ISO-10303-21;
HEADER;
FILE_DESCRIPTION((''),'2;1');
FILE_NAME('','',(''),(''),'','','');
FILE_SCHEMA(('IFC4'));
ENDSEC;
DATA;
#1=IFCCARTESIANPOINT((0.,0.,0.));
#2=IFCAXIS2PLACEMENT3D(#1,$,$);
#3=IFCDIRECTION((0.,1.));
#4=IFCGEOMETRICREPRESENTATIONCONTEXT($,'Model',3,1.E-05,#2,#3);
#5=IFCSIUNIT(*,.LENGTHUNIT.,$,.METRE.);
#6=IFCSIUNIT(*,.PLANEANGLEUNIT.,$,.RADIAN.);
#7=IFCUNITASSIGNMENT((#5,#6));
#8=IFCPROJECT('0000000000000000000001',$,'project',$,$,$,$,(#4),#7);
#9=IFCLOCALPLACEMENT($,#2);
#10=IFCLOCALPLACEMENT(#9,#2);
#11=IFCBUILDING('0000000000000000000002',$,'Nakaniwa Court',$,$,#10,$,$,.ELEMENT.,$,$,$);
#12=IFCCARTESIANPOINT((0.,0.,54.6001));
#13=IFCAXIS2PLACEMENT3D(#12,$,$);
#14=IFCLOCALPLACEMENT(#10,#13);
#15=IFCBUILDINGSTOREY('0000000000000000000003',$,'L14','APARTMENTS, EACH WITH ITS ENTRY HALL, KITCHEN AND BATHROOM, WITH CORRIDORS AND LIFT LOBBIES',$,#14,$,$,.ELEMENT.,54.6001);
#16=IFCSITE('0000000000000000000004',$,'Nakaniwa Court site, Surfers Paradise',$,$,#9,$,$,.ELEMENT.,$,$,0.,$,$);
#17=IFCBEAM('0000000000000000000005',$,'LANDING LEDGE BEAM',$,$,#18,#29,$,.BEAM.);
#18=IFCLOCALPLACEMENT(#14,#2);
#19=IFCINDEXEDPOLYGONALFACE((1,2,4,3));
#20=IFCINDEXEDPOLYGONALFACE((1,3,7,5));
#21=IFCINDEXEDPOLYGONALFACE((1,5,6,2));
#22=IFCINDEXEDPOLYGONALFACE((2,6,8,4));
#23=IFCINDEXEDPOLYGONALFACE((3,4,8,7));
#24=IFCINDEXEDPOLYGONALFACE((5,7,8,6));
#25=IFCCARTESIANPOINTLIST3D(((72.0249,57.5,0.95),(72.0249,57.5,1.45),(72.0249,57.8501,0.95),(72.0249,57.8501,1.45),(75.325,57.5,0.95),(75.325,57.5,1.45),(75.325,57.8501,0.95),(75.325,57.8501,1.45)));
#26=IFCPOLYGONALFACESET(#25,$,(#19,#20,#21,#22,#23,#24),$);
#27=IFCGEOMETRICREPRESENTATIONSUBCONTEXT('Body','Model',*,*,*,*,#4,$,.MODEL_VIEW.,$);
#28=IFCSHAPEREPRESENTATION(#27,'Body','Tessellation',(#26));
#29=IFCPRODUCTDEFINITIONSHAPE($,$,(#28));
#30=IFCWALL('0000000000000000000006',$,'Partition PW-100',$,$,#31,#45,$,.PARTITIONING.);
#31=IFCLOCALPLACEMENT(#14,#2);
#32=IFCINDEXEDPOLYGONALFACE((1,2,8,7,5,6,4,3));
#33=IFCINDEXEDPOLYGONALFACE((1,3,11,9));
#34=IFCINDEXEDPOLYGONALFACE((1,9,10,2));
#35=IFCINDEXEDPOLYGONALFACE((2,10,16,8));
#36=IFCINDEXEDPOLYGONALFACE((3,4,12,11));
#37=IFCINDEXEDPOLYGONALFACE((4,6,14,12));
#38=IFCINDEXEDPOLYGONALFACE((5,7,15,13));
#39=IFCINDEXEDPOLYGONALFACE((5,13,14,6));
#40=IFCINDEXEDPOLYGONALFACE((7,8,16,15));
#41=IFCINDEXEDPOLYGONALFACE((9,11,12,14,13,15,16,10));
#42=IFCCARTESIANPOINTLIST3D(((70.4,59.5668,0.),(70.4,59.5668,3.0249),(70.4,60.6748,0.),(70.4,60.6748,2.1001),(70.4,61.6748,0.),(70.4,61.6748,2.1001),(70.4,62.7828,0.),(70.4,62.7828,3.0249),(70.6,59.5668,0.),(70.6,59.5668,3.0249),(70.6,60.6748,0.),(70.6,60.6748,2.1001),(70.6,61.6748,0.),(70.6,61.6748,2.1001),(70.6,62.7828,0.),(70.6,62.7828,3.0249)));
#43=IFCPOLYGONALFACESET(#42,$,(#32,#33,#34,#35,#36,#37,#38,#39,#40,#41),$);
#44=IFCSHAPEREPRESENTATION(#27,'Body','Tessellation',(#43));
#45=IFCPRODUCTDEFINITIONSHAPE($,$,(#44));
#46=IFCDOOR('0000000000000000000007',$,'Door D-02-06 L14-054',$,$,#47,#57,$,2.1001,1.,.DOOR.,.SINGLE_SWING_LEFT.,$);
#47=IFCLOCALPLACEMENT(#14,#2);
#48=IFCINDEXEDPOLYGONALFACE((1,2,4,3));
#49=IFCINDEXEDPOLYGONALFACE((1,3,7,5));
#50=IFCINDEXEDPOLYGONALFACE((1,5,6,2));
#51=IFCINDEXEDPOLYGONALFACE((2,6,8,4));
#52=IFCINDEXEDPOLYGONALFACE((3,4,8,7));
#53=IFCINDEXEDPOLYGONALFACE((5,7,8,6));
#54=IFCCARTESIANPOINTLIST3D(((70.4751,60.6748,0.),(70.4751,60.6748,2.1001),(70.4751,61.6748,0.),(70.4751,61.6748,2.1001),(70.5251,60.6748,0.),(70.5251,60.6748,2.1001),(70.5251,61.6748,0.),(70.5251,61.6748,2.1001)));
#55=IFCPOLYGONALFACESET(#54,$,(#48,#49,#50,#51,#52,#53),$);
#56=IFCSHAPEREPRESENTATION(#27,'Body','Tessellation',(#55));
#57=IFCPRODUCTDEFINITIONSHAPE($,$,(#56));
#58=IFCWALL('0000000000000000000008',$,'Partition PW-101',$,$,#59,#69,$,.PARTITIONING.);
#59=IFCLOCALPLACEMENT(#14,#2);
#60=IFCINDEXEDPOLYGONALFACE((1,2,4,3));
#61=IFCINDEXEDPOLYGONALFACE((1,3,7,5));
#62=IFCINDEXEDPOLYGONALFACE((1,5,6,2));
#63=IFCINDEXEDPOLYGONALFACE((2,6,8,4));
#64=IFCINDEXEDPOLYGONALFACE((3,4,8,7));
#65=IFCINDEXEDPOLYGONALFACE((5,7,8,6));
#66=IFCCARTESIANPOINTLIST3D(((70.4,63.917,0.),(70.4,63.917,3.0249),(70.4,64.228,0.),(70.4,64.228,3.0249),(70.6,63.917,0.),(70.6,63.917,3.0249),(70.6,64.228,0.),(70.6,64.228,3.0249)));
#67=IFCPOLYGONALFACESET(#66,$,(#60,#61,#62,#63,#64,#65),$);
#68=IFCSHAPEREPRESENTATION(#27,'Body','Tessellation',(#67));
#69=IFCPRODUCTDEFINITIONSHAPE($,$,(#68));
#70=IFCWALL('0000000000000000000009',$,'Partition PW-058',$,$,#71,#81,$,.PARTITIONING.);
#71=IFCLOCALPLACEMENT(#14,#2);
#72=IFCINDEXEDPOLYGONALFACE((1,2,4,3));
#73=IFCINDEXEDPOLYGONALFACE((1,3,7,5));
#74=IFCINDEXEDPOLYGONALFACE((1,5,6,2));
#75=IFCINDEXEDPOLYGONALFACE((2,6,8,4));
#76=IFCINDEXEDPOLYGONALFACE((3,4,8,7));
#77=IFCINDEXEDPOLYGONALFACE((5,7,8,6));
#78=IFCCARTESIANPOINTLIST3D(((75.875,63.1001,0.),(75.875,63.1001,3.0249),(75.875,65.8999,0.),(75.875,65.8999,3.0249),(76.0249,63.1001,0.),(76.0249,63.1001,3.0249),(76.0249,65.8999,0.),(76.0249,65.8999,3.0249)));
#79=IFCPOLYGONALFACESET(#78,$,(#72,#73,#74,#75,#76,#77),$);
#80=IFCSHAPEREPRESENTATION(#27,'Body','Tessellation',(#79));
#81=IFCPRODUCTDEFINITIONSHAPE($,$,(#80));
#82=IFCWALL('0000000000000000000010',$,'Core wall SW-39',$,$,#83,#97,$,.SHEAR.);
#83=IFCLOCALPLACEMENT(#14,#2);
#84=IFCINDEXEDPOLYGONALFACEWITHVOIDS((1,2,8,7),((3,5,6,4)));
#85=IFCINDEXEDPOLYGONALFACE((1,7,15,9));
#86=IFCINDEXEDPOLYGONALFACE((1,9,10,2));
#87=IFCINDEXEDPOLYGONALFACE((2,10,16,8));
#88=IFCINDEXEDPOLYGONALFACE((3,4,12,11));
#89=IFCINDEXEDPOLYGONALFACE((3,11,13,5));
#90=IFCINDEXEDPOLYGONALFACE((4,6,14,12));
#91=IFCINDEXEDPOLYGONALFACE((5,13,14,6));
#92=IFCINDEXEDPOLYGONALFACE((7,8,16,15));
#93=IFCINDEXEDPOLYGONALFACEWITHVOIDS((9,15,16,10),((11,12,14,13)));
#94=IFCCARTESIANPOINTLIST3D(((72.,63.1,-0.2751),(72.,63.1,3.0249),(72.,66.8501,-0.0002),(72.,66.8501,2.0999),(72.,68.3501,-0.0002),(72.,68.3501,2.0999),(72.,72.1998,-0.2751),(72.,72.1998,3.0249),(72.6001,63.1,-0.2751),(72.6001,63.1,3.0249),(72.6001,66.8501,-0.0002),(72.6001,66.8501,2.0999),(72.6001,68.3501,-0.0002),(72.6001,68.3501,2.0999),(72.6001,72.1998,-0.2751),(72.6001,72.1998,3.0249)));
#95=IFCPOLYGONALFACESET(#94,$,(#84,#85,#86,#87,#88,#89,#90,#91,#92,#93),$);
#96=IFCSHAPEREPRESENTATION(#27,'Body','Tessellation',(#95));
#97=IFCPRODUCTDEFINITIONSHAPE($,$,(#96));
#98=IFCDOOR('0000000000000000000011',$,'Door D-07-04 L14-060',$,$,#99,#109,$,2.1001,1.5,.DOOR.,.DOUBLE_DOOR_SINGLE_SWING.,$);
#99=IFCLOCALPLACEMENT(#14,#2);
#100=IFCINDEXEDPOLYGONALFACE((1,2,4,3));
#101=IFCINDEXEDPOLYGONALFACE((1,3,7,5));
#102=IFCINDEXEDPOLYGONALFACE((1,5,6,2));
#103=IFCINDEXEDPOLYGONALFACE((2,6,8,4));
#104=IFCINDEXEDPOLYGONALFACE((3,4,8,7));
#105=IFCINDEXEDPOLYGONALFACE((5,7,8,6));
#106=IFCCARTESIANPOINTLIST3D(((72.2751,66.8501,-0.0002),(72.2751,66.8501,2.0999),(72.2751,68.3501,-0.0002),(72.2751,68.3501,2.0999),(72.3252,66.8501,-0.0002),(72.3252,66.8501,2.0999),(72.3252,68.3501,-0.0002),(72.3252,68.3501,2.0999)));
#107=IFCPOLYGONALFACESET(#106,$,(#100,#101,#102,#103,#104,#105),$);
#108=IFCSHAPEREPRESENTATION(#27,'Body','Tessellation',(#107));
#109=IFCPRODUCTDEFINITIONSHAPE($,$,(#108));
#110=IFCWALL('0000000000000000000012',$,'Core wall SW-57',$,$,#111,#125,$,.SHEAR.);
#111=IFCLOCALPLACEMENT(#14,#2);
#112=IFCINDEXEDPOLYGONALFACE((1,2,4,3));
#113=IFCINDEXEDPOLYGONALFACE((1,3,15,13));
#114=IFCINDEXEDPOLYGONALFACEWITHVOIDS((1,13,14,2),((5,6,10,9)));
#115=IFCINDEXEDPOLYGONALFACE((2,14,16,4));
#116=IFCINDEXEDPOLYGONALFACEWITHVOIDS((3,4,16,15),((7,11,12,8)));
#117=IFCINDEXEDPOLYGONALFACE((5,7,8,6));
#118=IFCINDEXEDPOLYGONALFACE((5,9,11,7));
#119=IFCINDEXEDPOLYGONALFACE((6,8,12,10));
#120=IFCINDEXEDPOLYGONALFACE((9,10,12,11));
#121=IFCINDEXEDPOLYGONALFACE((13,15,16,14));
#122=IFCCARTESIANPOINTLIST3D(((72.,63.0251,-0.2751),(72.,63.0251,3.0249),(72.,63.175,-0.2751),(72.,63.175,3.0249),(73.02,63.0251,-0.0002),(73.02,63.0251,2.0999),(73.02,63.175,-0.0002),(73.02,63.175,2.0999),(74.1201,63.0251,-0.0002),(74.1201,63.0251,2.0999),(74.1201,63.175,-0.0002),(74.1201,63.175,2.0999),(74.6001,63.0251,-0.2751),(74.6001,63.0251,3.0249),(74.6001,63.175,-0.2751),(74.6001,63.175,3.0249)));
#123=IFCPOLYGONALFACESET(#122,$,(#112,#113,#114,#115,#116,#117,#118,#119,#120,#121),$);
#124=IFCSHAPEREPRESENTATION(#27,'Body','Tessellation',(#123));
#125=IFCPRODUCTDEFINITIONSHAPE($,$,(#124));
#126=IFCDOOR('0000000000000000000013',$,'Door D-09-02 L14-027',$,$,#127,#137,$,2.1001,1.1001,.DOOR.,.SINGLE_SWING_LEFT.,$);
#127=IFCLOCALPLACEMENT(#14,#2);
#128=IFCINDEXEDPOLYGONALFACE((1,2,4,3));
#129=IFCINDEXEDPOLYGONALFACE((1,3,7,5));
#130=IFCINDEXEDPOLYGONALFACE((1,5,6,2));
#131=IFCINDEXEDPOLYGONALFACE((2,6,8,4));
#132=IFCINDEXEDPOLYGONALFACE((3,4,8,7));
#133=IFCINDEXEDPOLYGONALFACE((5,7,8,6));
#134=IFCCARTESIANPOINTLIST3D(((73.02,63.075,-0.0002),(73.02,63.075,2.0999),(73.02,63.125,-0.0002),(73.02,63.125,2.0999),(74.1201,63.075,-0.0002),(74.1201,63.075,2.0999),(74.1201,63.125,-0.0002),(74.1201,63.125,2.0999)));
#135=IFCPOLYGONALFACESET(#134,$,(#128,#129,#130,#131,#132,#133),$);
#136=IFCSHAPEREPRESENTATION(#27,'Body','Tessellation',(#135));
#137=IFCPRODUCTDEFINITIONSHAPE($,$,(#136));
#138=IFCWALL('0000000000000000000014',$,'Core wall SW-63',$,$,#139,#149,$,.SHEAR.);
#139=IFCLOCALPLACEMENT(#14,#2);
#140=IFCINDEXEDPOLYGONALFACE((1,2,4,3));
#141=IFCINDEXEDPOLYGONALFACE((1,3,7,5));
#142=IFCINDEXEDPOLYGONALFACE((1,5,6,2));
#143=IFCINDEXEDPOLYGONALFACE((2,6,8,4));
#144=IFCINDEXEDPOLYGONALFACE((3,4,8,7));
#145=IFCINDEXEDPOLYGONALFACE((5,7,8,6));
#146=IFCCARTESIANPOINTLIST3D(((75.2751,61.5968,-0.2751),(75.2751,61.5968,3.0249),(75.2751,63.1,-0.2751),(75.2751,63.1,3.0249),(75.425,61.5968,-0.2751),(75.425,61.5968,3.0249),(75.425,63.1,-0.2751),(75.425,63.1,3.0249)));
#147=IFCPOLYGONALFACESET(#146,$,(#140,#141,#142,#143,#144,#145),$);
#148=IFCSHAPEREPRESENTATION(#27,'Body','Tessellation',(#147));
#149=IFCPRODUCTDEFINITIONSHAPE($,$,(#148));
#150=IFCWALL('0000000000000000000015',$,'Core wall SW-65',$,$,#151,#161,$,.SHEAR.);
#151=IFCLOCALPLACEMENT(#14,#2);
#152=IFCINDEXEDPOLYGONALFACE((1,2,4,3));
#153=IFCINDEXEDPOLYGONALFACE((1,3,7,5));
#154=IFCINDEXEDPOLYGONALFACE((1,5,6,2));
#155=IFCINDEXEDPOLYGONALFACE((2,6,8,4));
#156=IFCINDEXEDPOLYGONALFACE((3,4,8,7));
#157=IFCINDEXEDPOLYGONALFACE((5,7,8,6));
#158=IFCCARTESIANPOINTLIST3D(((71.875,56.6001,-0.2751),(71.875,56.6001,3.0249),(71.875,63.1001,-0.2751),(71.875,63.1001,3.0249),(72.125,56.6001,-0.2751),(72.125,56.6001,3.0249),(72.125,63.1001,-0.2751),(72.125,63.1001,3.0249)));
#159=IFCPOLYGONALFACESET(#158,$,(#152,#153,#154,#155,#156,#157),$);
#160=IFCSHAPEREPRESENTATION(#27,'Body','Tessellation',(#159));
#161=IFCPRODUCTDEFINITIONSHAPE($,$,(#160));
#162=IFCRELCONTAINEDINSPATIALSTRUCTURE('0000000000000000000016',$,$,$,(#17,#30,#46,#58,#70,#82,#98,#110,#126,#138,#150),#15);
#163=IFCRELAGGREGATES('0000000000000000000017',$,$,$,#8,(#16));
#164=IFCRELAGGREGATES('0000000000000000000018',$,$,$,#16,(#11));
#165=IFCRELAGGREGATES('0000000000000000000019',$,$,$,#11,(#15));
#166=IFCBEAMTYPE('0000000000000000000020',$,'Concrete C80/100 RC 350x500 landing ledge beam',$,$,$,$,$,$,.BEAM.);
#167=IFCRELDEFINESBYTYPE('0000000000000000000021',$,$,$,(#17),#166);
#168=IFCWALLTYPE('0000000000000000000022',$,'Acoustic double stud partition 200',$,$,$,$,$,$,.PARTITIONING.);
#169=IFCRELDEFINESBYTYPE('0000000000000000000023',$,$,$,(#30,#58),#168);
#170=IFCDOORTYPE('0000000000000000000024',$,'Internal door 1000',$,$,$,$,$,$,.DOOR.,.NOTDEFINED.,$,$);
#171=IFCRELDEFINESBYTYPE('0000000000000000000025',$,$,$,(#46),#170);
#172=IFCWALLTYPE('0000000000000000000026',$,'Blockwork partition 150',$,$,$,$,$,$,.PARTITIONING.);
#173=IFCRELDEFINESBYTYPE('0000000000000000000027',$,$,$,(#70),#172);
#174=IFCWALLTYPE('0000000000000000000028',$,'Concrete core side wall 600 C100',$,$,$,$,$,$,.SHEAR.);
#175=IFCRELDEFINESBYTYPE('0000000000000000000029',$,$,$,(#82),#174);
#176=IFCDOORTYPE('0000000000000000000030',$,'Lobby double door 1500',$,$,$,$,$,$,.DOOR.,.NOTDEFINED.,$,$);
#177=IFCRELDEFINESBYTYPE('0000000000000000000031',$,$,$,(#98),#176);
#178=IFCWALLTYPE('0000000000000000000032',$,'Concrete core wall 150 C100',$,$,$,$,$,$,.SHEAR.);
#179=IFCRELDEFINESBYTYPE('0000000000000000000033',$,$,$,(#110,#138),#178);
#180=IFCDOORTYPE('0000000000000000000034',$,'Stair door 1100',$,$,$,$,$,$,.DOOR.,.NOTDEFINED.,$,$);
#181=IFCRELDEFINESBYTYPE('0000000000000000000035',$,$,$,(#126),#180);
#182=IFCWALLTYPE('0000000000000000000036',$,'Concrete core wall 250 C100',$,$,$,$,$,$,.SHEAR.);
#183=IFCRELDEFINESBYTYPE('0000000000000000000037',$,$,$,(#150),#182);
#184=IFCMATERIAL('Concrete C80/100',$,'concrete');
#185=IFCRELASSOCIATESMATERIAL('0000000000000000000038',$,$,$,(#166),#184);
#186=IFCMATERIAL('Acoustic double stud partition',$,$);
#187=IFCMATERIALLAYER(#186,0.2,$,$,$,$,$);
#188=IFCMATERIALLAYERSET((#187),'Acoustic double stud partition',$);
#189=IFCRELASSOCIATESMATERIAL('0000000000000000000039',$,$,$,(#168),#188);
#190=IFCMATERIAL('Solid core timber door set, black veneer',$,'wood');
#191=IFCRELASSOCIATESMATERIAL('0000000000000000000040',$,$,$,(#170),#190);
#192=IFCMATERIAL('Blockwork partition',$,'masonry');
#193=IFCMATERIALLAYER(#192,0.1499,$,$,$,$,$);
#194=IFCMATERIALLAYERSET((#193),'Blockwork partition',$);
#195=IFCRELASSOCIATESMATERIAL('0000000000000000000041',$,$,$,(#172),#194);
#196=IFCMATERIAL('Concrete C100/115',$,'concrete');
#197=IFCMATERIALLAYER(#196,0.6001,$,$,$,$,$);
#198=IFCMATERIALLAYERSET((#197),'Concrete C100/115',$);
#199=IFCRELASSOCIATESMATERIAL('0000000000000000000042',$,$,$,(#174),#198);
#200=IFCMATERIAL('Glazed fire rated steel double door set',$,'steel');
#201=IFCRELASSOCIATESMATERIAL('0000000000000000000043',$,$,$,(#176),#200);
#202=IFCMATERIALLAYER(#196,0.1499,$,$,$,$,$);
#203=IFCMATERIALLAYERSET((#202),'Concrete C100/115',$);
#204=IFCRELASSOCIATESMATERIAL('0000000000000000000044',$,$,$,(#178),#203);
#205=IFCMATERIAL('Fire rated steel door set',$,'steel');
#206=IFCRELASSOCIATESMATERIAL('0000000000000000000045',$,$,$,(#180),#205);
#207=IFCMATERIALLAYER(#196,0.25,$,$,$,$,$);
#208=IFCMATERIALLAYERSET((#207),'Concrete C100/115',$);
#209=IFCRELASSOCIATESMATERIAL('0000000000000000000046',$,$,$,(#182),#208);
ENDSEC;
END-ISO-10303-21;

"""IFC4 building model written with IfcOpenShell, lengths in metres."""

from ifc_helpers import new_model, si_unit, direction, frame, frame_2d, origin, origin_2d, place, context, subcontext, project, spatial, rectangle, extrude, material, layer, layer_set, material_profile, profile_set, type_object, element, fill, save


model = new_model("IFC4")

# Units and contexts
model_context = context("Model", 3, precision=1e-05, world=origin(), true_north=direction((0.0, 1.0)))
body_context = subcontext(model_context, "Body", "Model", "MODEL_VIEW")
ifc_project = project(units=[si_unit("LENGTHUNIT", "METRE"), si_unit("PLANEANGLEUNIT", "RADIAN")], contexts=[model_context])

# Site, building, storey
site_placement = place(None, origin())
site = spatial("IfcSite", under=ifc_project, at=site_placement, Name="Nakaniwa Court site, Surfers Paradise", CompositionType="ELEMENT", RefElevation=0.0)
building_placement = place(site_placement, origin())
building = spatial("IfcBuilding", under=site, at=building_placement, Name="Nakaniwa Court", CompositionType="ELEMENT")
storey_placement = place(building_placement, frame((0.0, 0.0, 54.6001)))
storey = spatial("IfcBuildingStorey", under=building, at=storey_placement, Name="L14", Description="APARTMENTS, EACH WITH ITS ENTRY HALL, KITCHEN AND BATHROOM, WITH CORRIDORS AND LIFT LOBBIES", CompositionType="ELEMENT", Elevation=54.6001)

# Beam
ifc_material_1 = material(Name="Concrete C80/100", Category="concrete")
ifc_material_profile = material_profile(ifc_material_1, rectangle(XDim=0.3501, YDim=0.5, at=origin_2d()), Name="Concrete C80/100 RC 350x500 landing ledge beam")
ifc_profile_set = profile_set([ifc_material_profile], Name="Concrete C80/100")
beam_type = type_object("IfcBeamType", Name="Concrete C80/100 RC 350x500 landing ledge beam", PredefinedType="BEAM", material=ifc_profile_set)
beam_placement = place(storey_placement, frame((72.0249, 57.675, 1.2), z_axis=(1.0, 0.0, 0.0), x_axis=(0.0, 1.0, 0.0)))
element("IfcBeam", 1, at=beam_placement, inside=storey, type_object=beam_type, Name="LANDING LEDGE BEAM", PredefinedType="BEAM", context=body_context, shape_type="SweptSolid", body=[
    extrude(rectangle(XDim=0.3501, YDim=0.5, at=origin_2d()), origin(), (0.0, 0.0, 1.0), 3.3),
])

# Wall, opening, door
ifc_material_2 = material(Name="Acoustic double stud partition")
ifc_layer_1 = layer(ifc_material_2, 0.2)
ifc_layer_set_1 = layer_set([ifc_layer_1], Name="Acoustic double stud partition")
wall_type_1 = type_object("IfcWallType", Name="Acoustic double stud partition 200", PredefinedType="PARTITIONING", material=ifc_layer_set_1)
wall_1_placement = place(storey_placement, frame((70.5, 59.5669, 0.0), z_axis=(0.0, 0.0, 1.0), x_axis=(0.0, 1.0, 0.0)))
wall_1 = element("IfcWall", 2, at=wall_1_placement, inside=storey, type_object=wall_type_1, Name="Partition PW-100", PredefinedType="PARTITIONING", context=body_context, shape_type="SweptSolid", body=[
    extrude(rectangle(XDim=3.2161, YDim=0.2, at=frame_2d((1.6079, 0.0))), origin(), (0.0, 0.0, 1.0), 3.0249),
])
opening_1_placement = place(wall_1_placement, frame((1.1079, 0.0, 0.0)))
opening_1 = element("IfcOpeningElement", 3, at=opening_1_placement, cuts=wall_1, PredefinedType="OPENING", context=body_context, shape_type="SweptSolid", body=[
    extrude(rectangle(XDim=1.0, YDim=2.1001, at=frame_2d((0.5, 1.05))), frame((0.0, 0.1099, 0.0), z_axis=(0.0, -1.0, 0.0), x_axis=(1.0, 0.0, 0.0)), (0.0, 0.0, 1.0), 0.22),
])
ifc_material_3 = material(Name="Solid core timber door set, black veneer", Category="wood")
door_type_1 = type_object("IfcDoorType", Name="Internal door 1000", OperationType="NOTDEFINED", PredefinedType="DOOR", material=ifc_material_3)
door_1_placement = place(opening_1_placement, origin())
door_1 = element("IfcDoor", 4, at=door_1_placement, inside=storey, type_object=door_type_1, Name="Door D-02-06 L14-054", OperationType="SINGLE_SWING_LEFT", OverallHeight=2.1001, OverallWidth=1.0, PredefinedType="DOOR", context=body_context, shape_type="SweptSolid", body=[
    extrude(rectangle(XDim=1.0, YDim=2.1001, at=frame_2d((0.5, 1.05))), frame((0.0, 0.0249, 0.0), z_axis=(0.0, -1.0, 0.0), x_axis=(1.0, 0.0, 0.0)), (0.0, 0.0, 1.0), 0.05),
])
fill(opening_1, door_1)

# Walls
wall_2_placement = place(storey_placement, frame((70.5, 63.917, 0.0), z_axis=(0.0, 0.0, 1.0), x_axis=(0.0, 1.0, 0.0)))
element("IfcWall", 5, at=wall_2_placement, inside=storey, type_object=wall_type_1, Name="Partition PW-101", PredefinedType="PARTITIONING", context=body_context, shape_type="SweptSolid", body=[
    extrude(rectangle(XDim=0.311, YDim=0.2, at=frame_2d((0.1555, 0.0))), origin(), (0.0, 0.0, 1.0), 3.0249),
])
ifc_material_4 = material(Name="Blockwork partition", Category="masonry")
ifc_layer_2 = layer(ifc_material_4, 0.1499)
ifc_layer_set_2 = layer_set([ifc_layer_2], Name="Blockwork partition")
wall_type_2 = type_object("IfcWallType", Name="Blockwork partition 150", PredefinedType="PARTITIONING", material=ifc_layer_set_2)
wall_3_placement = place(storey_placement, frame((75.95, 63.1001, 0.0), z_axis=(0.0, 0.0, 1.0), x_axis=(0.0, 1.0, 0.0)))
element("IfcWall", 6, at=wall_3_placement, inside=storey, type_object=wall_type_2, Name="Partition PW-058", PredefinedType="PARTITIONING", context=body_context, shape_type="SweptSolid", body=[
    extrude(rectangle(XDim=2.7998, YDim=0.1499, at=frame_2d((1.3999, 0.0))), origin(), (0.0, 0.0, 1.0), 3.0249),
])

# Walls, openings, doors
ifc_material_5 = material(Name="Concrete C100/115", Category="concrete")
ifc_layer_3 = layer(ifc_material_5, 0.6001)
ifc_layer_set_3 = layer_set([ifc_layer_3], Name="Concrete C100/115")
wall_type_3 = type_object("IfcWallType", Name="Concrete core side wall 600 C100", PredefinedType="SHEAR", material=ifc_layer_set_3)
wall_4_placement = place(storey_placement, frame((72.3, 63.1001, -0.2751), z_axis=(0.0, 0.0, 1.0), x_axis=(0.0, 1.0, 0.0)))
wall_4 = element("IfcWall", 7, at=wall_4_placement, inside=storey, type_object=wall_type_3, Name="Core wall SW-39", PredefinedType="SHEAR", context=body_context, shape_type="SweptSolid", body=[
    extrude(rectangle(XDim=9.0999, YDim=0.6001, at=frame_2d((4.5498, 0.0))), origin(), (0.0, 0.0, 1.0), 3.3),
])
opening_2_placement = place(wall_4_placement, frame((3.75, 0.0, 0.2749)))
opening_2 = element("IfcOpeningElement", 8, at=opening_2_placement, cuts=wall_4, PredefinedType="OPENING", context=body_context, shape_type="SweptSolid", body=[
    extrude(rectangle(XDim=1.5, YDim=2.1001, at=frame_2d((0.75, 1.05))), frame((0.0, 0.3101, 0.0), z_axis=(0.0, -1.0, 0.0), x_axis=(1.0, 0.0, 0.0)), (0.0, 0.0, 1.0), 0.6201),
])
ifc_material_6 = material(Name="Glazed fire rated steel double door set", Category="steel")
door_type_2 = type_object("IfcDoorType", Name="Lobby double door 1500", OperationType="NOTDEFINED", PredefinedType="DOOR", material=ifc_material_6)
door_2_placement = place(opening_2_placement, origin())
door_2 = element("IfcDoor", 9, at=door_2_placement, inside=storey, type_object=door_type_2, Name="Door D-07-04 L14-060", OperationType="DOUBLE_DOOR_SINGLE_SWING", OverallHeight=2.1001, OverallWidth=1.5, PredefinedType="DOOR", context=body_context, shape_type="SweptSolid", body=[
    extrude(rectangle(XDim=1.5, YDim=2.1001, at=frame_2d((0.75, 1.05))), frame((0.0, 0.0249, 0.0), z_axis=(0.0, -1.0, 0.0), x_axis=(1.0, 0.0, 0.0)), (0.0, 0.0, 1.0), 0.05),
])
fill(opening_2, door_2)
ifc_layer_4 = layer(ifc_material_5, 0.1499)
ifc_layer_set_4 = layer_set([ifc_layer_4], Name="Concrete C100/115")
wall_type_4 = type_object("IfcWallType", Name="Concrete core wall 150 C100", PredefinedType="SHEAR", material=ifc_layer_set_4)
wall_5_placement = place(storey_placement, frame((72.0, 63.1001, -0.2751), z_axis=(0.0, 0.0, 1.0), x_axis=(1.0, 0.0, 0.0)))
wall_5 = element("IfcWall", 10, at=wall_5_placement, inside=storey, type_object=wall_type_4, Name="Core wall SW-57", PredefinedType="SHEAR", context=body_context, shape_type="SweptSolid", body=[
    extrude(rectangle(XDim=2.6001, YDim=0.1499, at=frame_2d((1.3, 0.0))), origin(), (0.0, 0.0, 1.0), 3.3),
])
opening_3_placement = place(wall_5_placement, frame((1.02, 0.0, 0.2749)))
opening_3 = element("IfcOpeningElement", 11, at=opening_3_placement, cuts=wall_5, PredefinedType="OPENING", context=body_context, shape_type="SweptSolid", body=[
    extrude(rectangle(XDim=1.1001, YDim=2.1001, at=frame_2d((0.55, 1.05))), frame((0.0, 0.085, 0.0), z_axis=(0.0, -1.0, 0.0), x_axis=(1.0, 0.0, 0.0)), (0.0, 0.0, 1.0), 0.1699),
])
ifc_material_7 = material(Name="Fire rated steel door set", Category="steel")
door_type_3 = type_object("IfcDoorType", Name="Stair door 1100", OperationType="NOTDEFINED", PredefinedType="DOOR", material=ifc_material_7)
door_3_placement = place(opening_3_placement, origin())
door_3 = element("IfcDoor", 12, at=door_3_placement, inside=storey, type_object=door_type_3, Name="Door D-09-02 L14-027", OperationType="SINGLE_SWING_LEFT", OverallHeight=2.1001, OverallWidth=1.1001, PredefinedType="DOOR", context=body_context, shape_type="SweptSolid", body=[
    extrude(rectangle(XDim=1.1001, YDim=2.1001, at=frame_2d((0.55, 1.05))), frame((0.0, 0.0249, 0.0), z_axis=(0.0, -1.0, 0.0), x_axis=(1.0, 0.0, 0.0)), (0.0, 0.0, 1.0), 0.05),
])
fill(opening_3, door_3)

# Walls
wall_6_placement = place(storey_placement, frame((75.3501, 61.5969, -0.2751), z_axis=(0.0, 0.0, 1.0), x_axis=(0.0, 1.0, 0.0)))
element("IfcWall", 13, at=wall_6_placement, inside=storey, type_object=wall_type_4, Name="Core wall SW-63", PredefinedType="SHEAR", context=body_context, shape_type="SweptSolid", body=[
    extrude(rectangle(XDim=1.5032, YDim=0.1499, at=frame_2d((0.7515, 0.0))), origin(), (0.0, 0.0, 1.0), 3.3),
])
ifc_layer_5 = layer(ifc_material_5, 0.25)
ifc_layer_set_5 = layer_set([ifc_layer_5], Name="Concrete C100/115")
wall_type_5 = type_object("IfcWallType", Name="Concrete core wall 250 C100", PredefinedType="SHEAR", material=ifc_layer_set_5)
wall_7_placement = place(storey_placement, frame((72.0, 56.6001, -0.2751), z_axis=(0.0, 0.0, 1.0), x_axis=(0.0, 1.0, 0.0)))
element("IfcWall", 14, at=wall_7_placement, inside=storey, type_object=wall_type_5, Name="Core wall SW-65", PredefinedType="SHEAR", context=body_context, shape_type="SweptSolid", body=[
    extrude(rectangle(XDim=6.5, YDim=0.25, at=frame_2d((3.25, 0.0))), origin(), (0.0, 0.0, 1.0), 3.3),
])

save(model, "model.ifc")
